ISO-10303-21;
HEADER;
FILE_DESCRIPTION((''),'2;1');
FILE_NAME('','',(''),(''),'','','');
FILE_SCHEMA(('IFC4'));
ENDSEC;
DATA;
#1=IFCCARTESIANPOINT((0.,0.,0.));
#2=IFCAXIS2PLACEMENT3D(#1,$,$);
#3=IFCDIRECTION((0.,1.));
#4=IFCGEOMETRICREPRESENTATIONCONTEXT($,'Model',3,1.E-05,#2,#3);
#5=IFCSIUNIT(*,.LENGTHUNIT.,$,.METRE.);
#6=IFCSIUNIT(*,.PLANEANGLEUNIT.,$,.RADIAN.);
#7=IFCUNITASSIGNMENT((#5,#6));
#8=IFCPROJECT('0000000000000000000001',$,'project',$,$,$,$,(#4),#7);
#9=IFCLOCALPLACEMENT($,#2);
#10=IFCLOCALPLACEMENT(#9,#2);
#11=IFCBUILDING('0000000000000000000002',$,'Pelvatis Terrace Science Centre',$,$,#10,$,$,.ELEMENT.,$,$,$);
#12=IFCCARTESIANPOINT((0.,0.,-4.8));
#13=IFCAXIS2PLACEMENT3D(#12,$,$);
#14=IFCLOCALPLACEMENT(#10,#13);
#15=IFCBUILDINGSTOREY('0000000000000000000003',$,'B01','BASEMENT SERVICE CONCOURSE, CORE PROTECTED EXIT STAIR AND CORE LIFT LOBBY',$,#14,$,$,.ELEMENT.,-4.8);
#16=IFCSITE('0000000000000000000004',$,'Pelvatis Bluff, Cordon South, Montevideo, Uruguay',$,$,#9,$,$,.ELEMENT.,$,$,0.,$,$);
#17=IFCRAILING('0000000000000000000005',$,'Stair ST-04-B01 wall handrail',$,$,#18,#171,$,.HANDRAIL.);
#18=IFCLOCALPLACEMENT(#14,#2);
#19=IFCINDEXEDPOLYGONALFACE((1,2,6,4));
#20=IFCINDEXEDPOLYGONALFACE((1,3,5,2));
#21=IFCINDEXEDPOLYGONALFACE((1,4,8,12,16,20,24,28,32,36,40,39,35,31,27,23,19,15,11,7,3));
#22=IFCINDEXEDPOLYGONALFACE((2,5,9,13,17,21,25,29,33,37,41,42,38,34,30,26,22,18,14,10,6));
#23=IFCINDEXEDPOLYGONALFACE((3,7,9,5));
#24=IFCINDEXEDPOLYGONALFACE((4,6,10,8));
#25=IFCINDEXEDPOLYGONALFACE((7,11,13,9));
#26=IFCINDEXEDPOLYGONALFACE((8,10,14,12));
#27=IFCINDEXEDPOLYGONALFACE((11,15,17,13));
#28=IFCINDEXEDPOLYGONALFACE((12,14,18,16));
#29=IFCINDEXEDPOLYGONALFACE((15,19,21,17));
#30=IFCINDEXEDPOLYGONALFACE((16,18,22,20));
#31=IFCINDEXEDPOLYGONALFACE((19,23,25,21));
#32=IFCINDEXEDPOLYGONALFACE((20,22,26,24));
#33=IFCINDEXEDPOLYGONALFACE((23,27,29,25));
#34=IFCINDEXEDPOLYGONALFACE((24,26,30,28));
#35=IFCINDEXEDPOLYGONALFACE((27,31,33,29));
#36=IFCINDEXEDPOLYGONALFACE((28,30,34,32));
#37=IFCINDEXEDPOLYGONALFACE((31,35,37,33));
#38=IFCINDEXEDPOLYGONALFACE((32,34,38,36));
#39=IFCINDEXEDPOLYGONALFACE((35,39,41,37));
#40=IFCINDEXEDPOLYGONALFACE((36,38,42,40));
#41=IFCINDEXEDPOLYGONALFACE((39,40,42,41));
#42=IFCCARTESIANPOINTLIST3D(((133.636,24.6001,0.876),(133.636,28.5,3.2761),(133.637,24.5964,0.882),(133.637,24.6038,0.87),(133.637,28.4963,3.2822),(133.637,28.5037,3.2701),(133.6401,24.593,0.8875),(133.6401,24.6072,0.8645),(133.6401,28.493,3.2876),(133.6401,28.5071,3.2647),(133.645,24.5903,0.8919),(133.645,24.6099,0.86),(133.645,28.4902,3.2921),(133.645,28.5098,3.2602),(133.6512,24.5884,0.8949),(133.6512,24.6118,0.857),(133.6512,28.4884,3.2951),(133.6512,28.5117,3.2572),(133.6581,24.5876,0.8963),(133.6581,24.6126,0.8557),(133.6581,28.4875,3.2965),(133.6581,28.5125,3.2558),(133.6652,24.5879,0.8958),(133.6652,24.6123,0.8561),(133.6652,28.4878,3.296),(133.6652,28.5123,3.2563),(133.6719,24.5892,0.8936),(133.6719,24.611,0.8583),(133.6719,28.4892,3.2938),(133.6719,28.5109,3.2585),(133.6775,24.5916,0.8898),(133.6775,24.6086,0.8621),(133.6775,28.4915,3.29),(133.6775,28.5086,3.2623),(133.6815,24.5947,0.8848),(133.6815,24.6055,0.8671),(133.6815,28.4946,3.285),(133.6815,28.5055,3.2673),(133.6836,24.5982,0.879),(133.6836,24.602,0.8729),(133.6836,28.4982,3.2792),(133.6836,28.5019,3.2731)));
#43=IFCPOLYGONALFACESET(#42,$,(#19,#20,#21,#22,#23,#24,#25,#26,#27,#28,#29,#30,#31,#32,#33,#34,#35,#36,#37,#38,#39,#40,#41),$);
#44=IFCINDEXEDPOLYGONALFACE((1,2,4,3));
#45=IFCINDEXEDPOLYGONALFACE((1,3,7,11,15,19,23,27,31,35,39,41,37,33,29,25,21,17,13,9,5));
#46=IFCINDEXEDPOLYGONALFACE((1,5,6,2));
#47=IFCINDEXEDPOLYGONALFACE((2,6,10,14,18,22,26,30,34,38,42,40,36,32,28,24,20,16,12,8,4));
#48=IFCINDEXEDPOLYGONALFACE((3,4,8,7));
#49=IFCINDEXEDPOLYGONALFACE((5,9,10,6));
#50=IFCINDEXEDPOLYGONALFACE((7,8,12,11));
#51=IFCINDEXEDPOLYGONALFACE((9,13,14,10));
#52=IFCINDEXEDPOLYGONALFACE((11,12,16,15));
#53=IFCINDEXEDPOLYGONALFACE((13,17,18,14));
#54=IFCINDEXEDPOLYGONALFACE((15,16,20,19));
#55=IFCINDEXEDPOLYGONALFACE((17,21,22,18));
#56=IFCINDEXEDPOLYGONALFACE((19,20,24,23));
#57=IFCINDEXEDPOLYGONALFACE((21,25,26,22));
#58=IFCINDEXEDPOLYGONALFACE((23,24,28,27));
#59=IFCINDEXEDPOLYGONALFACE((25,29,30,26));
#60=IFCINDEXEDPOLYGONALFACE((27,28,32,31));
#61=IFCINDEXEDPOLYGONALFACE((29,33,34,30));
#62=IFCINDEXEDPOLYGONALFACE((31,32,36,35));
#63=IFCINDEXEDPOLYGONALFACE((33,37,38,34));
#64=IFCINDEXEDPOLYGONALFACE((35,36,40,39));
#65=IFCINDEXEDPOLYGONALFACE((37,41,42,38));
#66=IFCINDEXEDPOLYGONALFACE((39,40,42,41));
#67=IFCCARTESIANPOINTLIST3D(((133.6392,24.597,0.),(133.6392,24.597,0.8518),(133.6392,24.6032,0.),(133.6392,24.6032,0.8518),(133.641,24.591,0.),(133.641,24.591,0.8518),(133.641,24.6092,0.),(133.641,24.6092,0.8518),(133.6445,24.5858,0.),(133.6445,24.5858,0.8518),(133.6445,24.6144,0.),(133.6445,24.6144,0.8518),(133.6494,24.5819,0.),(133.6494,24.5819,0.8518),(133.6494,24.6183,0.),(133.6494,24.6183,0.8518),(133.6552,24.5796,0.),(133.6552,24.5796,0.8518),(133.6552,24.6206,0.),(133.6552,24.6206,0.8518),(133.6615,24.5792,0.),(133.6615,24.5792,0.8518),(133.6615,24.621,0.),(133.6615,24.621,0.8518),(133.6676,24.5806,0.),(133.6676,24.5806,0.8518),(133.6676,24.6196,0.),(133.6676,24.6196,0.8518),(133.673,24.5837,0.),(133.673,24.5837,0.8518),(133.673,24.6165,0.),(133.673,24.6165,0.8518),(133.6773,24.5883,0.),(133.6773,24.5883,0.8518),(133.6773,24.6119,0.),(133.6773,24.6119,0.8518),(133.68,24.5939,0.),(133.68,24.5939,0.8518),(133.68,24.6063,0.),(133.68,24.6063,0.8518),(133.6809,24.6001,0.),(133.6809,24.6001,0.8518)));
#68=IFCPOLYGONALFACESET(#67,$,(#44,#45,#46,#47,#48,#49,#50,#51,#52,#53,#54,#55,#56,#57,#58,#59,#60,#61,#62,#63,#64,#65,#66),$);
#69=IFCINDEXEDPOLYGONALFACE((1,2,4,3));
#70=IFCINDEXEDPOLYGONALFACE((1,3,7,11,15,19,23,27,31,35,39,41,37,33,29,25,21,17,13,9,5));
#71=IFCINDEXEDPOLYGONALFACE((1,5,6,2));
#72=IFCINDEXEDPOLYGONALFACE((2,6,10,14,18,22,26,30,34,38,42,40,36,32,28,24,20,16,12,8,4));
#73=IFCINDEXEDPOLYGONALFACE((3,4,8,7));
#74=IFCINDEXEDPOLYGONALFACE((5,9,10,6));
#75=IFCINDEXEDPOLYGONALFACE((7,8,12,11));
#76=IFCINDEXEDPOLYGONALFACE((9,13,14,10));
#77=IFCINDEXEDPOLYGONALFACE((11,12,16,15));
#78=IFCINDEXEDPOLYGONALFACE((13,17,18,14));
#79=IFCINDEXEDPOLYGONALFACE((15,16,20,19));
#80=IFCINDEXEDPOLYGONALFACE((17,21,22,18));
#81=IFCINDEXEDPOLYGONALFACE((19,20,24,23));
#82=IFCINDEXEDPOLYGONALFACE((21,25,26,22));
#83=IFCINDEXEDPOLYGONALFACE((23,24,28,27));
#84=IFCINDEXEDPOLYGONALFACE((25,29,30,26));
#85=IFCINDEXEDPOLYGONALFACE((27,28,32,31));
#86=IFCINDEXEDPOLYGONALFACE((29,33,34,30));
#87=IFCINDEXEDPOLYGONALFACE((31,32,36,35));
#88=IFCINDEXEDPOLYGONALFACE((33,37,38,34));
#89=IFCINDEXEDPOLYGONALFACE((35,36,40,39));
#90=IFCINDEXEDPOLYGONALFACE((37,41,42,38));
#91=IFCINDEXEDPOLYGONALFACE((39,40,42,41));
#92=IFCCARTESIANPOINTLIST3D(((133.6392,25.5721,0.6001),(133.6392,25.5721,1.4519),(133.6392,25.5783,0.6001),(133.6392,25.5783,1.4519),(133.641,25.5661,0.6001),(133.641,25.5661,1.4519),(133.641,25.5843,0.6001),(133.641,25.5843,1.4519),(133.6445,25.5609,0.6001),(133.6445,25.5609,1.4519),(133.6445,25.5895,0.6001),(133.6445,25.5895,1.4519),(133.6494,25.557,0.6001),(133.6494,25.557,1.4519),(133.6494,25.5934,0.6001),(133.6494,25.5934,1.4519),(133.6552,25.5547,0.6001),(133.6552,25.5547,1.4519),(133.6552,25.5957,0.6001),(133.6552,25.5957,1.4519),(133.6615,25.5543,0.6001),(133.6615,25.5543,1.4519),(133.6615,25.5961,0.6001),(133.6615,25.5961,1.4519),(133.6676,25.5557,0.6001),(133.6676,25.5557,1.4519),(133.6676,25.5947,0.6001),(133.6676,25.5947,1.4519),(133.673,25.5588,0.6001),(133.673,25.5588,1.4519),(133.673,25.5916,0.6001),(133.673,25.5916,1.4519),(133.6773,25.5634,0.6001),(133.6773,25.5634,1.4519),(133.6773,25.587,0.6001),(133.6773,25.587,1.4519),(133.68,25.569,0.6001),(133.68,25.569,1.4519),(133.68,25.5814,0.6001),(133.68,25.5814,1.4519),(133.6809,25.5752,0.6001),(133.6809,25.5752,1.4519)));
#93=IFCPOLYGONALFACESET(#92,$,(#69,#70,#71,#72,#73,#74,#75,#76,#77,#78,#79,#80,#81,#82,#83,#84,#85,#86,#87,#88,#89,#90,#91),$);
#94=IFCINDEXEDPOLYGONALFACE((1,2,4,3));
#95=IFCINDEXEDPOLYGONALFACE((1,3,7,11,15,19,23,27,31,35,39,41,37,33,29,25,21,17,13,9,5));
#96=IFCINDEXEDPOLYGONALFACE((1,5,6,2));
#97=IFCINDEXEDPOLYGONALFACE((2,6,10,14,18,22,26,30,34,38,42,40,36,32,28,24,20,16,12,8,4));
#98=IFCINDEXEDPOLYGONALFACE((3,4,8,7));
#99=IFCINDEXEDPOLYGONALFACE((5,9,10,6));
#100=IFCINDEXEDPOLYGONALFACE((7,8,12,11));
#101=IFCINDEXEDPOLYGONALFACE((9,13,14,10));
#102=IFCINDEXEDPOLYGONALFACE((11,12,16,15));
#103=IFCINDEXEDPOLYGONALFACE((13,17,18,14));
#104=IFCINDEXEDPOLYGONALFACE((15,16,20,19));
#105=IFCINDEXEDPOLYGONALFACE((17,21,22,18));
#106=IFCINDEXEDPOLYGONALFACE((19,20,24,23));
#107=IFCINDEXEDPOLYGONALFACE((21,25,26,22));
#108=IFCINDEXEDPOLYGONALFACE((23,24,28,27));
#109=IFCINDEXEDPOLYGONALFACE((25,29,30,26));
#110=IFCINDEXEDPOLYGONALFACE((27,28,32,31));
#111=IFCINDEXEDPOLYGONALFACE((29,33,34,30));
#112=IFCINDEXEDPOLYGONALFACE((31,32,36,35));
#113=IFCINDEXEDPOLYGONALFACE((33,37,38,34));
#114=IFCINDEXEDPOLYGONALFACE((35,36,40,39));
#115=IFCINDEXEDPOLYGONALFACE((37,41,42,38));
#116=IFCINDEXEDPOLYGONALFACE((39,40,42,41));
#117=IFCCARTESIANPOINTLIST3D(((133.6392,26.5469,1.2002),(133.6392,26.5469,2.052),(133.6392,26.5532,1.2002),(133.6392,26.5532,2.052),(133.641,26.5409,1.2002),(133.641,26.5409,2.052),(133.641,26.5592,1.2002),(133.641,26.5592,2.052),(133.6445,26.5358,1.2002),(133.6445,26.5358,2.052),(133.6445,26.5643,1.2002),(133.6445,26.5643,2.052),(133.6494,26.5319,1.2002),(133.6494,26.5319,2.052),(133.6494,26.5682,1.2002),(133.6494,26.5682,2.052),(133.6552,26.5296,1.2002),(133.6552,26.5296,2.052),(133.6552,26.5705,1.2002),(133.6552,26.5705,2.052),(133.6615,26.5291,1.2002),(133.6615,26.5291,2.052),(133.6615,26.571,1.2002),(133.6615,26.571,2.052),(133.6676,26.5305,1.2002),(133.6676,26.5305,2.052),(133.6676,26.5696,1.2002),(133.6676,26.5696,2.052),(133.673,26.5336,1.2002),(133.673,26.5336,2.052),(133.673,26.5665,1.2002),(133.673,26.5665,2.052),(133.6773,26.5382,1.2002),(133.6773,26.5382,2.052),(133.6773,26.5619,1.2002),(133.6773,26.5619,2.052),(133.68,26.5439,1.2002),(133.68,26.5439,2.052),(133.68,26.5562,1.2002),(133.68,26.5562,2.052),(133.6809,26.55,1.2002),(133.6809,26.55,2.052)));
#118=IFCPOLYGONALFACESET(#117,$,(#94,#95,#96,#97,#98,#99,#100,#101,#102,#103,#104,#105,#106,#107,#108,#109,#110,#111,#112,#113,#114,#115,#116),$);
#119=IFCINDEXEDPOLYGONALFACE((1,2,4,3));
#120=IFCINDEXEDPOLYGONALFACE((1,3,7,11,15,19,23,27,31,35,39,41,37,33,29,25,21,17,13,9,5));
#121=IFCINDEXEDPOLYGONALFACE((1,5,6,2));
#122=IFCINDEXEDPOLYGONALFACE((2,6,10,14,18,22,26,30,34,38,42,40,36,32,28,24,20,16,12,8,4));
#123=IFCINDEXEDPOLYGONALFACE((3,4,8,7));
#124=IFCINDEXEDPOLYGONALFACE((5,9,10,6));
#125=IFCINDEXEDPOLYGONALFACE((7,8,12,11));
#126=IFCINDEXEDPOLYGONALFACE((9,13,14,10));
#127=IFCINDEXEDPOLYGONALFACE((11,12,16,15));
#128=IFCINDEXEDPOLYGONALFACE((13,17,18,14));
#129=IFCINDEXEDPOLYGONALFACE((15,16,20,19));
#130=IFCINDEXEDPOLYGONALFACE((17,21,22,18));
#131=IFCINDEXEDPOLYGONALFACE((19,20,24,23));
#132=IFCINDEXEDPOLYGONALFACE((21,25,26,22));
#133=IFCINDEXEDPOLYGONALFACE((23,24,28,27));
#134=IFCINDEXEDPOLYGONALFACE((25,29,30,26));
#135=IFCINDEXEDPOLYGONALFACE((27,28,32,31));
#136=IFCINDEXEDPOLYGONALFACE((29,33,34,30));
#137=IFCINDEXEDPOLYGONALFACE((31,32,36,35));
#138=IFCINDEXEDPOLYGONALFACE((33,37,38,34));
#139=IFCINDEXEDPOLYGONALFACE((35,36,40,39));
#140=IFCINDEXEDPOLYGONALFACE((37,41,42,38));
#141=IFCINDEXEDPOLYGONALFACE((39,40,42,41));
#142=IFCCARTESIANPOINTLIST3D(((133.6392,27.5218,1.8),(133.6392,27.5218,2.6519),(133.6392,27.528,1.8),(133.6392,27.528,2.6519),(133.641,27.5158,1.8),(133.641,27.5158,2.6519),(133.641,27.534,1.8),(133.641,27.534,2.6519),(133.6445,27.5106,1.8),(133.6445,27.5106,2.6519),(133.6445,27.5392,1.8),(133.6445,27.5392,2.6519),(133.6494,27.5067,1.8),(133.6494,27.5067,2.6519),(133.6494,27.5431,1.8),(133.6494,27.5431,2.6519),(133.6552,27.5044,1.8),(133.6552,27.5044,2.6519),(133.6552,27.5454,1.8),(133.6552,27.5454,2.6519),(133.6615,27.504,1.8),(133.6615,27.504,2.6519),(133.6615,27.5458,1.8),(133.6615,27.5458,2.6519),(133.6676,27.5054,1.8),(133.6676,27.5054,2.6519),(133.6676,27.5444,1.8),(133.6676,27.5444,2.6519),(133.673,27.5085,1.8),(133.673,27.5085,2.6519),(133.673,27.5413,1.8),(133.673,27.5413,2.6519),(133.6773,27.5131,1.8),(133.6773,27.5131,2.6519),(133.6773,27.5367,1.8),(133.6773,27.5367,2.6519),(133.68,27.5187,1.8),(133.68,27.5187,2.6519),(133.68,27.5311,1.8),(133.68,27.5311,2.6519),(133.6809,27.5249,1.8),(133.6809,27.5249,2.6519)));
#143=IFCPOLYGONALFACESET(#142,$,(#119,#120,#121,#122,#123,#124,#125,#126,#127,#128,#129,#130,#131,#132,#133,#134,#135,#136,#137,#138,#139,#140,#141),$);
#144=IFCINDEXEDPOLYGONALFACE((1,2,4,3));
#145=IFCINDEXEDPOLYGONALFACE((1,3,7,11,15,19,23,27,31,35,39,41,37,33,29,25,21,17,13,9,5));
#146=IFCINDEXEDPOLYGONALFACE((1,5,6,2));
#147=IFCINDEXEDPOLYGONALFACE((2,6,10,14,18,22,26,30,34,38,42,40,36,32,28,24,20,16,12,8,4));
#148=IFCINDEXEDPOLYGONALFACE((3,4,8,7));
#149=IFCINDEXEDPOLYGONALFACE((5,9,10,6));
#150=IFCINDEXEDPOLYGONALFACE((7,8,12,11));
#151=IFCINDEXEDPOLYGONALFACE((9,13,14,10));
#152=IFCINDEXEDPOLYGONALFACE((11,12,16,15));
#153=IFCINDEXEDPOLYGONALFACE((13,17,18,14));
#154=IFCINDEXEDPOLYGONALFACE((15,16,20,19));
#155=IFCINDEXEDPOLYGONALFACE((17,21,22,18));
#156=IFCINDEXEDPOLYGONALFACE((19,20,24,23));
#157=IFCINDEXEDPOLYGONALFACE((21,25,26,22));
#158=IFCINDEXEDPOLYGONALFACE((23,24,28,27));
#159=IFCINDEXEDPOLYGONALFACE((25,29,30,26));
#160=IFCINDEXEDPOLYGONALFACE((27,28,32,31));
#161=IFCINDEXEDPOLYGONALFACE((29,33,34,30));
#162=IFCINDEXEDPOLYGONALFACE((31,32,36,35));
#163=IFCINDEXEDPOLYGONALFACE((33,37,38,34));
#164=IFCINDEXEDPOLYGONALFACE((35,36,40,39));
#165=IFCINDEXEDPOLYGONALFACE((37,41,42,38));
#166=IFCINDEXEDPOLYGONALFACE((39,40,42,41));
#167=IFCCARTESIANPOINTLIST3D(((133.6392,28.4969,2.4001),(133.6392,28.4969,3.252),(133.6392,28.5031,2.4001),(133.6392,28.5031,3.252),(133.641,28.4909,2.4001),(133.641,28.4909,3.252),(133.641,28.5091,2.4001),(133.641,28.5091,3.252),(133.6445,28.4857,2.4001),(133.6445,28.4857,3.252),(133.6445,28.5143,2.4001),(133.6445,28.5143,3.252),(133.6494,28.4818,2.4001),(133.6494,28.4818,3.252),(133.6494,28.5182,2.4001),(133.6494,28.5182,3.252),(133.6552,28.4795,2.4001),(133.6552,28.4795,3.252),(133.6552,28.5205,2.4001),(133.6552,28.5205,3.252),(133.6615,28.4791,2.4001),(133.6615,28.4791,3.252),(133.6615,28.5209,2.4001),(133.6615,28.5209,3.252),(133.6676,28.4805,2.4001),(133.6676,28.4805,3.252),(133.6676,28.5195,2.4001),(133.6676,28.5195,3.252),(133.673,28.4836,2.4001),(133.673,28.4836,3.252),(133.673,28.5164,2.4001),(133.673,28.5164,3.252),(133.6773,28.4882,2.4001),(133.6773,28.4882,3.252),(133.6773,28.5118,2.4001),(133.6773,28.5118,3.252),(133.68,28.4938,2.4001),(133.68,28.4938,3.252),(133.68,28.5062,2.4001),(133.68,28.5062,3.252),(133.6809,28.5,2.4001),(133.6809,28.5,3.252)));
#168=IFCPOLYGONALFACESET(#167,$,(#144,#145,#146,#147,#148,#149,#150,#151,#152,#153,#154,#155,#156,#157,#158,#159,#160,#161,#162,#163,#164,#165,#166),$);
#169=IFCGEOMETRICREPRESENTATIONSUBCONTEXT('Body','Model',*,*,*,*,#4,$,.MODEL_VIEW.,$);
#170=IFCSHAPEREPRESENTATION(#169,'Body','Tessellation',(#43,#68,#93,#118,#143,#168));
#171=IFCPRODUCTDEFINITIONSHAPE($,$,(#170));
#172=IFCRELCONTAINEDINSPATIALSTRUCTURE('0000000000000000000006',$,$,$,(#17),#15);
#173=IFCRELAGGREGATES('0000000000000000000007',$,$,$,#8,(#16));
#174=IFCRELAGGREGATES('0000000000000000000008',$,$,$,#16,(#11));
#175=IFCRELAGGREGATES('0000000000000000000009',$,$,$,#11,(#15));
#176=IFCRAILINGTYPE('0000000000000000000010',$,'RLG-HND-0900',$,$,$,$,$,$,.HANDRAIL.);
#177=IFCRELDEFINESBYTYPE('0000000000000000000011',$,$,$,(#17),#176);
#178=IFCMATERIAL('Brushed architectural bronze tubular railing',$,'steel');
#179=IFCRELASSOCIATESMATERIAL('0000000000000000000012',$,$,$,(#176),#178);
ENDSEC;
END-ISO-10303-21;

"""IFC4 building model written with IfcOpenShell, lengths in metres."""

from ifc_helpers import new_model, si_unit, direction, frame, origin, origin_2d, place, context, subcontext, project, spatial, circle, extrude, material, type_object, element, save


model = new_model("IFC4")

# Units and contexts
model_context = context("Model", 3, precision=1e-05, world=origin(), true_north=direction((0.0, 1.0)))
body_context = subcontext(model_context, "Body", "Model", "MODEL_VIEW")
ifc_project = project(units=[si_unit("LENGTHUNIT", "METRE"), si_unit("PLANEANGLEUNIT", "RADIAN")], contexts=[model_context])

# Site, building, storey
site_placement = place(None, origin())
site = spatial("IfcSite", under=ifc_project, at=site_placement, Name="Pelvatis Bluff, Cordon South, Montevideo, Uruguay", CompositionType="ELEMENT", RefElevation=0.0)
building_placement = place(site_placement, origin())
building = spatial("IfcBuilding", under=site, at=building_placement, Name="Pelvatis Terrace Science Centre", CompositionType="ELEMENT")
storey_placement = place(building_placement, frame((0.0, 0.0, -4.8)))
storey = spatial("IfcBuildingStorey", under=building, at=storey_placement, Name="B01", Description="BASEMENT SERVICE CONCOURSE, CORE PROTECTED EXIT STAIR AND CORE LIFT LOBBY", CompositionType="ELEMENT", Elevation=-4.8)

# Railing
ifc_material_1 = material(Name="Brushed architectural bronze tubular railing", Category="steel")
railing_type_1 = type_object("IfcRailingType", Name="RLG-HND-0900", PredefinedType="HANDRAIL", material=ifc_material_1)
railing_1_placement = place(storey_placement, frame((133.6599, 24.6001, 0.0)))
element("IfcRailing", 1, at=railing_1_placement, inside=storey, type_object=railing_type_1, Name="Stair ST-04-B01 wall handrail", PredefinedType="HANDRAIL", context=body_context, shape_type="SweptSolid", body=[
    extrude(circle(Radius=0.0239, at=origin_2d()), frame((0.0, 0.0, 0.876), z_axis=(0.0, 0.851638, 0.52413), x_axis=(-1.0, 0.0, 0.0)), (0.0, 0.0, 1.0), 4.5793),
    extrude(circle(Radius=0.021, at=origin_2d()), origin(), (0.0, 0.0, 1.0), 0.8518),
    extrude(circle(Radius=0.021, at=origin_2d()), frame((0.0, 0.9751, 0.6001)), (0.0, 0.0, 1.0), 0.8518),
    extrude(circle(Radius=0.021, at=origin_2d()), frame((0.0, 1.95, 1.2002)), (0.0, 0.0, 1.0), 0.8518),
    extrude(circle(Radius=0.021, at=origin_2d()), frame((0.0, 2.9248, 1.8)), (0.0, 0.0, 1.0), 0.8518),
    extrude(circle(Radius=0.021, at=origin_2d()), frame((0.0, 3.8999, 2.4001)), (0.0, 0.0, 1.0), 0.8518),
])

save(model, "model.ifc")
